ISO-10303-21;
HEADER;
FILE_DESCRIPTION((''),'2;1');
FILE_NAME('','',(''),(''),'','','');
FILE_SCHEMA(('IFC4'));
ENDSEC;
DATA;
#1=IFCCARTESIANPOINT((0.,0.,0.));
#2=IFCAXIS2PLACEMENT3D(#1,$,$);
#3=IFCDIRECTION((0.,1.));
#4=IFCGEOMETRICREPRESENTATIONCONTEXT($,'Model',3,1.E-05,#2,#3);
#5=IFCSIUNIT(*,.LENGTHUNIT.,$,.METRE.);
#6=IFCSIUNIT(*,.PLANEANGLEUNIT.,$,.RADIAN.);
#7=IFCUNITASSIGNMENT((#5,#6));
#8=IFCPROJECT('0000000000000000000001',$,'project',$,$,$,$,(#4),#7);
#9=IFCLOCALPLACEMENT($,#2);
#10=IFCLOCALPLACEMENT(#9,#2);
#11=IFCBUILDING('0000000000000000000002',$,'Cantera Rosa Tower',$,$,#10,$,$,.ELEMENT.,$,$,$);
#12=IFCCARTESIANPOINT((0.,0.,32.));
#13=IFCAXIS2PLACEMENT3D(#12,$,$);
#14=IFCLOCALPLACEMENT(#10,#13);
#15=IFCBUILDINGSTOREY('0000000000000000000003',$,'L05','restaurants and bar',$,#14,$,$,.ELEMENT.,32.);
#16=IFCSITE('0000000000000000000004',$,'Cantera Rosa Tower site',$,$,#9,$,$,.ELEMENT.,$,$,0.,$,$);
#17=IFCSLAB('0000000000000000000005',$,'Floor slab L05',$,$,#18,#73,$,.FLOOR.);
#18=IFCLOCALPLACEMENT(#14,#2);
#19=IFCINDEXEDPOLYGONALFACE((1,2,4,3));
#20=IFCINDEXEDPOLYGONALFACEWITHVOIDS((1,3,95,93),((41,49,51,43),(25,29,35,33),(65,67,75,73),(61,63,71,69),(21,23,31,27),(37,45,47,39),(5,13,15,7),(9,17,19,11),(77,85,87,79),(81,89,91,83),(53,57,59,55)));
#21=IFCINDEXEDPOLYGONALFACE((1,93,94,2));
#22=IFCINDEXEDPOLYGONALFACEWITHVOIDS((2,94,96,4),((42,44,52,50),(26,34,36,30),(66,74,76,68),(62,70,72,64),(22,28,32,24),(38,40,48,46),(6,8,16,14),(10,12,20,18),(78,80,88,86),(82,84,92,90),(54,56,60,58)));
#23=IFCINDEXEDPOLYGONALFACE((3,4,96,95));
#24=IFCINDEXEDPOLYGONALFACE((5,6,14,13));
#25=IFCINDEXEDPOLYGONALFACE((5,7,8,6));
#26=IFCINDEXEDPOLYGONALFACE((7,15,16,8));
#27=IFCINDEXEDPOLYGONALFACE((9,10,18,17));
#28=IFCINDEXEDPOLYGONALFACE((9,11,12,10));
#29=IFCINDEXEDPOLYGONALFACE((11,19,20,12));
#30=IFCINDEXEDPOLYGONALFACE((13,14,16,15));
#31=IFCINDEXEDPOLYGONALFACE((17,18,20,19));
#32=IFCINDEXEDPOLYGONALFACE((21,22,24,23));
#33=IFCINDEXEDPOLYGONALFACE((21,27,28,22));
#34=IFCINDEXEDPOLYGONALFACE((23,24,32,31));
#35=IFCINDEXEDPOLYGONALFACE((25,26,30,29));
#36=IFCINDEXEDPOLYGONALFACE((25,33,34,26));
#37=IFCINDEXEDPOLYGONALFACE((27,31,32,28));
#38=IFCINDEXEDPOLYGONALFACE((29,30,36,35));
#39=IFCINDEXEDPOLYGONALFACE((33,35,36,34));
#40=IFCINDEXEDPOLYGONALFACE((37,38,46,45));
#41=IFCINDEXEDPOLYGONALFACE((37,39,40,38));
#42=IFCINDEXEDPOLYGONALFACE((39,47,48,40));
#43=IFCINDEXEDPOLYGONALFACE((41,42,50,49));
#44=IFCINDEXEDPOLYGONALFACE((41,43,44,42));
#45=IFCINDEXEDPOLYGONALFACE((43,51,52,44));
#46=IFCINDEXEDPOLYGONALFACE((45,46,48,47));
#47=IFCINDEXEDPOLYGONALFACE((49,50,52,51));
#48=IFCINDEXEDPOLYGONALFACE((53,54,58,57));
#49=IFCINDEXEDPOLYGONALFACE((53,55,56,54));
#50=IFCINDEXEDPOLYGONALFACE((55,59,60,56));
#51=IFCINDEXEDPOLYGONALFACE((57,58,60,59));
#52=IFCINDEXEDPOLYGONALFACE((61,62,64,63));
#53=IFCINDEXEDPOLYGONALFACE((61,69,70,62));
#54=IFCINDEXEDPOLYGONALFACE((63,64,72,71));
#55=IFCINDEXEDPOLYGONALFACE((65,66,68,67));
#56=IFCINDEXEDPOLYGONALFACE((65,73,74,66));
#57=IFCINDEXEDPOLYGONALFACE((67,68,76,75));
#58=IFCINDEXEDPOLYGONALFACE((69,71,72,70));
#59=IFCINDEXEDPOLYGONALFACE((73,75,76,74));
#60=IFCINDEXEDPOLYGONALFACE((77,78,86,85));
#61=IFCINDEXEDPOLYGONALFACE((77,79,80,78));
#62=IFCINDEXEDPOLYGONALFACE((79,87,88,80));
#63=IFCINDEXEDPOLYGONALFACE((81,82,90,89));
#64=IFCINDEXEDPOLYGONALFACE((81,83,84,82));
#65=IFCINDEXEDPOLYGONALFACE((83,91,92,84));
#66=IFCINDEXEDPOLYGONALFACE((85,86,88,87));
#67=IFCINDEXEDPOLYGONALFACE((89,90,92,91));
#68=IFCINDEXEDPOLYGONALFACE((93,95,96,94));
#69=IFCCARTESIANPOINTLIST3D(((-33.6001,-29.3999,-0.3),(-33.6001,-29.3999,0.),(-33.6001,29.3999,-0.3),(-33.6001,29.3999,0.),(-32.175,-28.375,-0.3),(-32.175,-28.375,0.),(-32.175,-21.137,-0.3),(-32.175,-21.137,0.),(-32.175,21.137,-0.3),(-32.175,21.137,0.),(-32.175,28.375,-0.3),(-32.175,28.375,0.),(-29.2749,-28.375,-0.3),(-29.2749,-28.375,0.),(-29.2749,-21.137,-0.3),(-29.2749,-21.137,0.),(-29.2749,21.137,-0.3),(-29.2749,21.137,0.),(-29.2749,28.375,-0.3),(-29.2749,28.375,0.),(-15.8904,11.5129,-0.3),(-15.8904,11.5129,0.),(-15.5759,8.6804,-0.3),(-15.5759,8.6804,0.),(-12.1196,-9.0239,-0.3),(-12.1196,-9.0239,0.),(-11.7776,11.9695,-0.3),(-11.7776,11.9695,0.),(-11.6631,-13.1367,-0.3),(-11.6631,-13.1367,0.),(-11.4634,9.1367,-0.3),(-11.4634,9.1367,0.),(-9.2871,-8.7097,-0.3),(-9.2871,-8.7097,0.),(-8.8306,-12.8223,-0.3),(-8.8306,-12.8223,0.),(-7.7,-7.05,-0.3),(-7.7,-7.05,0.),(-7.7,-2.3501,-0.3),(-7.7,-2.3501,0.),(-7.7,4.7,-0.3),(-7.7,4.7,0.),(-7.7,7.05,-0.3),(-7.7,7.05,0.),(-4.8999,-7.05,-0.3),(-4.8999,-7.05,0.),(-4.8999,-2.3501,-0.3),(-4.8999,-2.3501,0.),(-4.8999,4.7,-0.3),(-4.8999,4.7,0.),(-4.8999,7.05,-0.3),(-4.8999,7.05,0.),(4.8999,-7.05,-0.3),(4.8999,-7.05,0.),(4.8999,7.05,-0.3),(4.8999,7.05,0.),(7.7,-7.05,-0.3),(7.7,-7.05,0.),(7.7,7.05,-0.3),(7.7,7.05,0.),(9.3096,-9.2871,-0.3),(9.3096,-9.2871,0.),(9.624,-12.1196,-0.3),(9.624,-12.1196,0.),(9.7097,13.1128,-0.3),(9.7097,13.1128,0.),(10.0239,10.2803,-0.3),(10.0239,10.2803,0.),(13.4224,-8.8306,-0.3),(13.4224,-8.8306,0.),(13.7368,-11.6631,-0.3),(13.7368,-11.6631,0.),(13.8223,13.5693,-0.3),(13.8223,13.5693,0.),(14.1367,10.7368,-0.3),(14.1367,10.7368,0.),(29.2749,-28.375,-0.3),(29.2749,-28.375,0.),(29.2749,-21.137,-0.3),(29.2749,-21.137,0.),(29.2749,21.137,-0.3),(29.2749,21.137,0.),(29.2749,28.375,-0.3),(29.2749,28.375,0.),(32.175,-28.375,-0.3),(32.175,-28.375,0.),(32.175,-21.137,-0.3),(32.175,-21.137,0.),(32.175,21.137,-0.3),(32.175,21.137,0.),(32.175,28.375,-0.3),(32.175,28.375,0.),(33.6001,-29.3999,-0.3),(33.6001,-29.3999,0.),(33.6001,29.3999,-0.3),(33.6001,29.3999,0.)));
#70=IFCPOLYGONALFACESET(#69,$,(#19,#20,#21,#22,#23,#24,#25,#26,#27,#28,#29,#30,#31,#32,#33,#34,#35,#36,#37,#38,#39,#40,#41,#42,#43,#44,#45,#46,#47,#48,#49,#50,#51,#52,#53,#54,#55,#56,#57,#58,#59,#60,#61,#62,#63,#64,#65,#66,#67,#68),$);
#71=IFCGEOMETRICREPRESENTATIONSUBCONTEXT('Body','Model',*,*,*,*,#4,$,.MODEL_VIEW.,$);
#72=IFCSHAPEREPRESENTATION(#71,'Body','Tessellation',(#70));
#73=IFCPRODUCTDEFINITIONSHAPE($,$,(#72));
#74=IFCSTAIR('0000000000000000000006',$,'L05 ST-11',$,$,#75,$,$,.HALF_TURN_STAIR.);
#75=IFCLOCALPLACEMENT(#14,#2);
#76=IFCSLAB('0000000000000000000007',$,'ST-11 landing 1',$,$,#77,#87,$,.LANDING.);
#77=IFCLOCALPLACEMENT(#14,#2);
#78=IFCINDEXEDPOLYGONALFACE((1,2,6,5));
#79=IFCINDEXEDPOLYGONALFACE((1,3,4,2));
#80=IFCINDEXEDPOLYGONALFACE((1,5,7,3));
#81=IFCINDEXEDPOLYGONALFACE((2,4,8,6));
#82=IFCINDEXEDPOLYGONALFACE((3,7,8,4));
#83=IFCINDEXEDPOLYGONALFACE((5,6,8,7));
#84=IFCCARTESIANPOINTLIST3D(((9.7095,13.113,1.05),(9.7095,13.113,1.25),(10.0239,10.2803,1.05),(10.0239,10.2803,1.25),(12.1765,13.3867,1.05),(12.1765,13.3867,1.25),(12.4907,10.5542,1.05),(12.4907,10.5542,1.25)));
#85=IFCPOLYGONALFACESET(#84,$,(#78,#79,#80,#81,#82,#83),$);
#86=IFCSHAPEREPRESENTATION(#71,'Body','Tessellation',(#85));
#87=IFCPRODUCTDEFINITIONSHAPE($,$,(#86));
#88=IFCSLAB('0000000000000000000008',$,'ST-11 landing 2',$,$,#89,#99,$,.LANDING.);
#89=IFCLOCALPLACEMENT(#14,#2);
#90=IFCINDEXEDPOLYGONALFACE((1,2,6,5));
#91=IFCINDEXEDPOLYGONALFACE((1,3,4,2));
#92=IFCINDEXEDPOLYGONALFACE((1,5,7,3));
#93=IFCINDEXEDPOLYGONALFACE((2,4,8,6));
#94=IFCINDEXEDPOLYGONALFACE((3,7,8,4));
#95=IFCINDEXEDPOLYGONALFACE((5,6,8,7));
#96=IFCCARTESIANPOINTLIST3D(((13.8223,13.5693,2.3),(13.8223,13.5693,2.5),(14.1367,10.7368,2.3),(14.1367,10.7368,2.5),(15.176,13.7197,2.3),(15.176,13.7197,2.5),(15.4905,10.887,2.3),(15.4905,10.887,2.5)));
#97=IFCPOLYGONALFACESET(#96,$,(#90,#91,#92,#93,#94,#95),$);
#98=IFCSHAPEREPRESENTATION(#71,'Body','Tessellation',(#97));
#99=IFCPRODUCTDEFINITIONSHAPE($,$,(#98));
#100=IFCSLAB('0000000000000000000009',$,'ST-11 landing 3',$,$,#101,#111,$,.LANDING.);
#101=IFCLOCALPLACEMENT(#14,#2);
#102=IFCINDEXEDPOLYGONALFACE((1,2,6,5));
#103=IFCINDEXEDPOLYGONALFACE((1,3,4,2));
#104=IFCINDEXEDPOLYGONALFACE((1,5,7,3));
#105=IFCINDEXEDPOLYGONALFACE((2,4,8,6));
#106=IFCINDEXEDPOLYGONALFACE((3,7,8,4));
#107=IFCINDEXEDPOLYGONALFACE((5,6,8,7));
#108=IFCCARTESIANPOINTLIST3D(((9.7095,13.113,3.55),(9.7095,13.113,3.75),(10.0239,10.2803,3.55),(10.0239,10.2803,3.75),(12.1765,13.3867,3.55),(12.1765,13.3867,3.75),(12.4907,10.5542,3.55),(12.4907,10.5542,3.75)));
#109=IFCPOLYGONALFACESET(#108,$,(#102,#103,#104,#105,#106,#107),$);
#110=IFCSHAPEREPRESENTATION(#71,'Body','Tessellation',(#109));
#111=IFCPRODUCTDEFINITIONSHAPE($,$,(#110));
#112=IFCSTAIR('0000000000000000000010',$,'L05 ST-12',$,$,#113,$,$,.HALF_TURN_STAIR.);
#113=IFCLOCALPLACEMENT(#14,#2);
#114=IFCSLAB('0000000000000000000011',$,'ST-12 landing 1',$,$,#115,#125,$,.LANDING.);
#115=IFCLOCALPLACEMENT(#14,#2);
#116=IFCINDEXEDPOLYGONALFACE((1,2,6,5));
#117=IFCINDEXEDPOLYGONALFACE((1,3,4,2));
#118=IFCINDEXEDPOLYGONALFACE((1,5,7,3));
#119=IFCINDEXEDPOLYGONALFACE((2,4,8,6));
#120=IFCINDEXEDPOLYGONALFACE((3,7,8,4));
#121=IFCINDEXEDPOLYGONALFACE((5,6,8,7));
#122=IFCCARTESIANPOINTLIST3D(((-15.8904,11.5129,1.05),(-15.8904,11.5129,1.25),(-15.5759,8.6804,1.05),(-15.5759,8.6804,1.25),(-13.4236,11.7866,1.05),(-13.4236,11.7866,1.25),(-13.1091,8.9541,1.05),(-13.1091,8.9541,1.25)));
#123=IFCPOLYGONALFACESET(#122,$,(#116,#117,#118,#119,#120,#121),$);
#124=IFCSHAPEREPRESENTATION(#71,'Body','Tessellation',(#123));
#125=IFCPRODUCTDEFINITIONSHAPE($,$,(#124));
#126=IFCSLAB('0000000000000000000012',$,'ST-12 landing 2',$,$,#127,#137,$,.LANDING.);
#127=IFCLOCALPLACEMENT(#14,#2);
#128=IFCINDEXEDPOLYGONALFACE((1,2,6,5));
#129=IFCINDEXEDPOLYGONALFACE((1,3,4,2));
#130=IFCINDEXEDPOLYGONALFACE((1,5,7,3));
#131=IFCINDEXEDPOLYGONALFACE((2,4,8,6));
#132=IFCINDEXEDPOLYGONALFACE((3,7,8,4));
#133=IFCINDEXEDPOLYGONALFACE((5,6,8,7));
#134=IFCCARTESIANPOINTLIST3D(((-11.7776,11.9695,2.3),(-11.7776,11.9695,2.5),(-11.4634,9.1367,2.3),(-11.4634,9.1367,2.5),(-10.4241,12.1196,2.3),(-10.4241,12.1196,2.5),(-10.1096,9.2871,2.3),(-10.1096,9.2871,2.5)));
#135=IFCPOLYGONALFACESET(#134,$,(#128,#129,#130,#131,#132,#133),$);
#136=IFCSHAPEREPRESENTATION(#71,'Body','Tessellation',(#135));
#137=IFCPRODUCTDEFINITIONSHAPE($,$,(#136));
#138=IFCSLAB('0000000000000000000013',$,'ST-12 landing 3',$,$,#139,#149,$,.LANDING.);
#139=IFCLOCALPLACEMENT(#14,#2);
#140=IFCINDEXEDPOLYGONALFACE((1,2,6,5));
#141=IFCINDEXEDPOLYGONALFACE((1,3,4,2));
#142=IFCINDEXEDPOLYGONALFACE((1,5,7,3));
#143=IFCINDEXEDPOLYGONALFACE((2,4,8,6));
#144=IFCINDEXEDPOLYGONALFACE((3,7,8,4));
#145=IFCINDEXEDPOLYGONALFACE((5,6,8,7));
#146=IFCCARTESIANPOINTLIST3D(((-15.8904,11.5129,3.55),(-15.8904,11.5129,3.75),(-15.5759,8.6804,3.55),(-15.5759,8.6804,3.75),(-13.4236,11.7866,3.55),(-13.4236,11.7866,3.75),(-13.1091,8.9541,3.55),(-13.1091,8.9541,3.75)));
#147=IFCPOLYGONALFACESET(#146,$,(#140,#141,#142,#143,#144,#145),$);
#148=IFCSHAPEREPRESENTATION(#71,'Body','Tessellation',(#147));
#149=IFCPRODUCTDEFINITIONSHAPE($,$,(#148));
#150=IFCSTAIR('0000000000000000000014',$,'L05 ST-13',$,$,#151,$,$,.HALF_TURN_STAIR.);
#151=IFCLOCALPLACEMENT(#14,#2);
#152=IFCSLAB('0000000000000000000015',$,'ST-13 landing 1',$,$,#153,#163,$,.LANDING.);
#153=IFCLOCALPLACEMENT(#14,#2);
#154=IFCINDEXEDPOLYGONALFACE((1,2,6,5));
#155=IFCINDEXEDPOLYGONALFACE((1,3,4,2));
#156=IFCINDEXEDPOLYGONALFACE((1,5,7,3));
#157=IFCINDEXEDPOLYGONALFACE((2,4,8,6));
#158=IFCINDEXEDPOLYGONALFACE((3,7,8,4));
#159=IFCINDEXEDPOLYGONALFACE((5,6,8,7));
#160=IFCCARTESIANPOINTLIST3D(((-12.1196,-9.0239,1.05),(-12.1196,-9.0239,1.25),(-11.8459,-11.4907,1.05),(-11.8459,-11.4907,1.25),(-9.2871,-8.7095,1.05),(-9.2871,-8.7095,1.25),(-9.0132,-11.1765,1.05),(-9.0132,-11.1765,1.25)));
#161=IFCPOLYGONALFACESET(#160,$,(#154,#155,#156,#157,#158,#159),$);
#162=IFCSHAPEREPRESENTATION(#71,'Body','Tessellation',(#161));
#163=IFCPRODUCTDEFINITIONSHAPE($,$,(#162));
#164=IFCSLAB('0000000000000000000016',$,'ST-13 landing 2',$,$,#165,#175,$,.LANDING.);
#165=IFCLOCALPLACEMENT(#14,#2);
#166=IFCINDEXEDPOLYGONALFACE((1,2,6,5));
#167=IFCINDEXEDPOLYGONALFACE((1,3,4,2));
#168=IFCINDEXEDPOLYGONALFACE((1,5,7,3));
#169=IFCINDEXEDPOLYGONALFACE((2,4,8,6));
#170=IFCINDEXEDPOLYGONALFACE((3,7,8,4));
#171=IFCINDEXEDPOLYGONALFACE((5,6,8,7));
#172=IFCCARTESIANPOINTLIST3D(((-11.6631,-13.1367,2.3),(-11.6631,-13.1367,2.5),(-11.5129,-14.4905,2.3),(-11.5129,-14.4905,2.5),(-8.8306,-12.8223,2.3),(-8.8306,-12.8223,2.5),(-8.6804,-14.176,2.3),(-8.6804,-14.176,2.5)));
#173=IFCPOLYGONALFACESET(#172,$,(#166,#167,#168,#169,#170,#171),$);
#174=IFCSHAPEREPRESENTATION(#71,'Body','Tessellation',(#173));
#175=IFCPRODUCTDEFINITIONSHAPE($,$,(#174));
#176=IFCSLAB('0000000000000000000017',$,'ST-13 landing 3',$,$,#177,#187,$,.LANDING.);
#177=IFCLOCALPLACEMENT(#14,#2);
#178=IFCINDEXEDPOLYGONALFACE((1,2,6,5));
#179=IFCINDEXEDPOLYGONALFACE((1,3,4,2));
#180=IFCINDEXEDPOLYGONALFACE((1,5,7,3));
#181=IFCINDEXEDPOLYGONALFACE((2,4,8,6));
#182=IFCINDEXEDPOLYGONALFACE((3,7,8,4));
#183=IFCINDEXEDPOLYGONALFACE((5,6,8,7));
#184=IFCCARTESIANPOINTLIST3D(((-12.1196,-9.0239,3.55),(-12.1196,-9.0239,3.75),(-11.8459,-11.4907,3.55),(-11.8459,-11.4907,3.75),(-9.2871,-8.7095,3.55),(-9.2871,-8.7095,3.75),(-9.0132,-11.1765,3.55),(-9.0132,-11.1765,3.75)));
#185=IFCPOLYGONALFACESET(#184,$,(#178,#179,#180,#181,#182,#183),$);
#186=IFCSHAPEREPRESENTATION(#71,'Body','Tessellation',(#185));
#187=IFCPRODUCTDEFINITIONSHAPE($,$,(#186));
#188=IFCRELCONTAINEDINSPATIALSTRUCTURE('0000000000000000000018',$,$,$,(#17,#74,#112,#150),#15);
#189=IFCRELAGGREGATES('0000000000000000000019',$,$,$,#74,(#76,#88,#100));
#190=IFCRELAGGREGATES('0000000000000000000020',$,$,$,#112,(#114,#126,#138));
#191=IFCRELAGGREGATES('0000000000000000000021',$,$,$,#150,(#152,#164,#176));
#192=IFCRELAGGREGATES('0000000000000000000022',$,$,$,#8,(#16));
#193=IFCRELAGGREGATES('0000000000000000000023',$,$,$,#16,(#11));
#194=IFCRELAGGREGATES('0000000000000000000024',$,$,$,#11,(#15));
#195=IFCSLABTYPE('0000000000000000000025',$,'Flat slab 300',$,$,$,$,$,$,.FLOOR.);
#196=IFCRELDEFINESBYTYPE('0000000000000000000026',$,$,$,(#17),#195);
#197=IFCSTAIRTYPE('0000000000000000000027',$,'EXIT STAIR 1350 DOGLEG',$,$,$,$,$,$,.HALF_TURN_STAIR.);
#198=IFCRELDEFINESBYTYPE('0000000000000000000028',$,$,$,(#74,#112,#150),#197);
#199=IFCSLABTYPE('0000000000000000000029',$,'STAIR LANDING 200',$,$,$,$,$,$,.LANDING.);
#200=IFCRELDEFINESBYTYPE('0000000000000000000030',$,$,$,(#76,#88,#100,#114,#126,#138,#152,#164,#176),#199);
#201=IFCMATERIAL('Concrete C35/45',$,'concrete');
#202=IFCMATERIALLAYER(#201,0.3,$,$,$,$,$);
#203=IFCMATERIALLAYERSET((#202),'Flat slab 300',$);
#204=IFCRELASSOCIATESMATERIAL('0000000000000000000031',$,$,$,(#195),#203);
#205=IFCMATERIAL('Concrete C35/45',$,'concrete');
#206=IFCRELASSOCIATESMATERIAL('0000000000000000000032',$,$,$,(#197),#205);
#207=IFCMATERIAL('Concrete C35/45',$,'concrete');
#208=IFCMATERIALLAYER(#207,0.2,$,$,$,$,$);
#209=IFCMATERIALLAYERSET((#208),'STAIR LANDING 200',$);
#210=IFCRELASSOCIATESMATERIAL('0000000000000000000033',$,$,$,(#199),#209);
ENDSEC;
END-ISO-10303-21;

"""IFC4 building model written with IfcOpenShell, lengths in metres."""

from ifc_helpers import new_model, si_unit, direction, frame, origin, place, context, subcontext, project, spatial, polyline, outline, extrude, material, layer, layer_set, type_object, element, aggregate, save


model = new_model("IFC4")

# Units and contexts
model_context = context("Model", 3, precision=1e-05, world=origin(), true_north=direction((0.0, 1.0)))
body_context = subcontext(model_context, "Body", "Model", "MODEL_VIEW")
ifc_project = project(units=[si_unit("LENGTHUNIT", "METRE"), si_unit("PLANEANGLEUNIT", "RADIAN")], contexts=[model_context])

# Site, building, storey
site_placement = place(None, origin())
site = spatial("IfcSite", under=ifc_project, at=site_placement, Name="Cantera Rosa Tower site", CompositionType="ELEMENT", RefElevation=0.0)
building_placement = place(site_placement, origin())
building = spatial("IfcBuilding", under=site, at=building_placement, Name="Cantera Rosa Tower", CompositionType="ELEMENT")
storey_placement = place(building_placement, frame((0.0, 0.0, 32.0)))
storey = spatial("IfcBuildingStorey", under=building, at=storey_placement, Name="L05", Description="restaurants and bar", CompositionType="ELEMENT", Elevation=32.0)

# Slab
ifc_material_1 = material(Name="Concrete C35/45", Category="concrete")
ifc_layer_1 = layer(ifc_material_1, 0.3)
ifc_layer_set_1 = layer_set([ifc_layer_1], Name="Flat slab 300")
slab_type_1 = type_object("IfcSlabType", Name="Flat slab 300", PredefinedType="FLOOR", material=ifc_layer_set_1)
slab_1_placement = place(storey_placement, frame((0.0, 0.0, -0.3)))
element("IfcSlab", 1, at=slab_1_placement, inside=storey, type_object=slab_type_1, Name="Floor slab L05", PredefinedType="FLOOR", context=body_context, shape_type="SweptSolid", body=[
    extrude(outline(polyline([(-33.6001, -29.3999), (33.6001, -29.3999), (33.6001, 29.3999), (-33.6001, 29.3999), (-33.6001, -29.3999)]), holes=[polyline([(29.2749, -28.375), (32.175, -28.375), (32.175, -21.137), (29.2749, -21.137), (29.2749, -28.375)]), polyline([(32.175, 21.137), (32.175, 28.375), (29.2749, 28.375), (29.2749, 21.137), (32.175, 21.137)]), polyline([(13.8223, 13.5693), (9.7097, 13.1128), (10.0239, 10.2803), (14.1367, 10.7368), (13.8223, 13.5693)]), polyline([(9.3096, -9.2871), (9.624, -12.1196), (13.7368, -11.6631), (13.4224, -8.8306), (9.3096, -9.2871)]), polyline([(4.8999, -7.05), (7.7, -7.05), (7.7, 7.05), (4.8999, 7.05), (4.8999, -7.05)]), polyline([(-7.7, -7.05), (-4.8999, -7.05), (-4.8999, -2.3501), (-7.7, -2.3501), (-7.7, -7.05)]), polyline([(-4.8999, 7.05), (-7.7, 7.05), (-7.7, 4.7), (-4.8999, 4.7), (-4.8999, 7.05)]), polyline([(-9.2871, -8.7097), (-12.1196, -9.0239), (-11.6631, -13.1367), (-8.8306, -12.8223), (-9.2871, -8.7097)]), polyline([(-15.8904, 11.5129), (-15.5759, 8.6804), (-11.4634, 9.1367), (-11.7776, 11.9695), (-15.8904, 11.5129)]), polyline([(-32.175, -28.375), (-29.2749, -28.375), (-29.2749, -21.137), (-32.175, -21.137), (-32.175, -28.375)]), polyline([(-29.2749, 28.375), (-32.175, 28.375), (-32.175, 21.137), (-29.2749, 21.137), (-29.2749, 28.375)])]), origin(), (0.0, 0.0, 1.0), 0.3),
])

# Stairs, slabs
ifc_material_2 = material(Name="Concrete C35/45", Category="concrete")
stair_type = type_object("IfcStairType", Name="EXIT STAIR 1350 DOGLEG", PredefinedType="HALF_TURN_STAIR", material=ifc_material_2)
stair_1_placement = place(storey_placement, origin())
stair_1 = element("IfcStair", 2, at=stair_1_placement, inside=storey, type_object=stair_type, Name="L05 ST-11", PredefinedType="HALF_TURN_STAIR")
ifc_material_3 = material(Name="Concrete C35/45", Category="concrete")
ifc_layer_2 = layer(ifc_material_3, 0.2)
ifc_layer_set_2 = layer_set([ifc_layer_2], Name="STAIR LANDING 200")
slab_type_2 = type_object("IfcSlabType", Name="STAIR LANDING 200", PredefinedType="LANDING", material=ifc_layer_set_2)
slab_2_placement = place(storey_placement, frame((0.0, 0.0, 1.05)))
slab_2 = element("IfcSlab", 3, at=slab_2_placement, type_object=slab_type_2, Name="ST-11 landing 1", PredefinedType="LANDING", context=body_context, shape_type="SweptSolid", body=[
    extrude(outline(polyline([(12.1765, 13.3867), (9.7095, 13.113), (10.0239, 10.2803), (12.4907, 10.5542), (12.1765, 13.3867)])), origin(), (0.0, 0.0, 1.0), 0.2),
])
slab_3_placement = place(storey_placement, frame((0.0, 0.0, 2.3)))
slab_3 = element("IfcSlab", 4, at=slab_3_placement, type_object=slab_type_2, Name="ST-11 landing 2", PredefinedType="LANDING", context=body_context, shape_type="SweptSolid", body=[
    extrude(outline(polyline([(15.176, 13.7197), (13.8223, 13.5693), (14.1367, 10.7368), (15.4905, 10.887), (15.176, 13.7197)])), origin(), (0.0, 0.0, 1.0), 0.2),
])
slab_4_placement = place(storey_placement, frame((0.0, 0.0, 3.55)))
slab_4 = element("IfcSlab", 5, at=slab_4_placement, type_object=slab_type_2, Name="ST-11 landing 3", PredefinedType="LANDING", context=body_context, shape_type="SweptSolid", body=[
    extrude(outline(polyline([(12.1765, 13.3867), (9.7095, 13.113), (10.0239, 10.2803), (12.4907, 10.5542), (12.1765, 13.3867)])), origin(), (0.0, 0.0, 1.0), 0.2),
])
aggregate(stair_1, [slab_2, slab_3, slab_4])
stair_2_placement = place(storey_placement, origin())
stair_2 = element("IfcStair", 6, at=stair_2_placement, inside=storey, type_object=stair_type, Name="L05 ST-12", PredefinedType="HALF_TURN_STAIR")
slab_5_placement = place(storey_placement, frame((0.0, 0.0, 1.05)))
slab_5 = element("IfcSlab", 7, at=slab_5_placement, type_object=slab_type_2, Name="ST-12 landing 1", PredefinedType="LANDING", context=body_context, shape_type="SweptSolid", body=[
    extrude(outline(polyline([(-13.4236, 11.7866), (-15.8904, 11.5129), (-15.5759, 8.6804), (-13.1091, 8.9541), (-13.4236, 11.7866)])), origin(), (0.0, 0.0, 1.0), 0.2),
])
slab_6_placement = place(storey_placement, frame((0.0, 0.0, 2.3)))
slab_6 = element("IfcSlab", 8, at=slab_6_placement, type_object=slab_type_2, Name="ST-12 landing 2", PredefinedType="LANDING", context=body_context, shape_type="SweptSolid", body=[
    extrude(outline(polyline([(-10.4241, 12.1196), (-11.7776, 11.9695), (-11.4634, 9.1367), (-10.1096, 9.2871), (-10.4241, 12.1196)])), origin(), (0.0, 0.0, 1.0), 0.2),
])
slab_7_placement = place(storey_placement, frame((0.0, 0.0, 3.55)))
slab_7 = element("IfcSlab", 9, at=slab_7_placement, type_object=slab_type_2, Name="ST-12 landing 3", PredefinedType="LANDING", context=body_context, shape_type="SweptSolid", body=[
    extrude(outline(polyline([(-13.4236, 11.7866), (-15.8904, 11.5129), (-15.5759, 8.6804), (-13.1091, 8.9541), (-13.4236, 11.7866)])), origin(), (0.0, 0.0, 1.0), 0.2),
])
aggregate(stair_2, [slab_5, slab_6, slab_7])
stair_3_placement = place(storey_placement, origin())
stair_3 = element("IfcStair", 10, at=stair_3_placement, inside=storey, type_object=stair_type, Name="L05 ST-13", PredefinedType="HALF_TURN_STAIR")
slab_8_placement = place(storey_placement, frame((0.0, 0.0, 1.05)))
slab_8 = element("IfcSlab", 11, at=slab_8_placement, type_object=slab_type_2, Name="ST-13 landing 1", PredefinedType="LANDING", context=body_context, shape_type="SweptSolid", body=[
    extrude(outline(polyline([(-9.0132, -11.1765), (-9.2871, -8.7095), (-12.1196, -9.0239), (-11.8459, -11.4907), (-9.0132, -11.1765)])), origin(), (0.0, 0.0, 1.0), 0.2),
])
slab_9_placement = place(storey_placement, frame((0.0, 0.0, 2.3)))
slab_9 = element("IfcSlab", 12, at=slab_9_placement, type_object=slab_type_2, Name="ST-13 landing 2", PredefinedType="LANDING", context=body_context, shape_type="SweptSolid", body=[
    extrude(outline(polyline([(-8.6804, -14.176), (-8.8306, -12.8223), (-11.6631, -13.1367), (-11.5129, -14.4905), (-8.6804, -14.176)])), origin(), (0.0, 0.0, 1.0), 0.2),
])
slab_10_placement = place(storey_placement, frame((0.0, 0.0, 3.55)))
slab_10 = element("IfcSlab", 13, at=slab_10_placement, type_object=slab_type_2, Name="ST-13 landing 3", PredefinedType="LANDING", context=body_context, shape_type="SweptSolid", body=[
    extrude(outline(polyline([(-9.0132, -11.1765), (-9.2871, -8.7095), (-12.1196, -9.0239), (-11.8459, -11.4907), (-9.0132, -11.1765)])), origin(), (0.0, 0.0, 1.0), 0.2),
])
aggregate(stair_3, [slab_8, slab_9, slab_10])

save(model, "model.ifc")
